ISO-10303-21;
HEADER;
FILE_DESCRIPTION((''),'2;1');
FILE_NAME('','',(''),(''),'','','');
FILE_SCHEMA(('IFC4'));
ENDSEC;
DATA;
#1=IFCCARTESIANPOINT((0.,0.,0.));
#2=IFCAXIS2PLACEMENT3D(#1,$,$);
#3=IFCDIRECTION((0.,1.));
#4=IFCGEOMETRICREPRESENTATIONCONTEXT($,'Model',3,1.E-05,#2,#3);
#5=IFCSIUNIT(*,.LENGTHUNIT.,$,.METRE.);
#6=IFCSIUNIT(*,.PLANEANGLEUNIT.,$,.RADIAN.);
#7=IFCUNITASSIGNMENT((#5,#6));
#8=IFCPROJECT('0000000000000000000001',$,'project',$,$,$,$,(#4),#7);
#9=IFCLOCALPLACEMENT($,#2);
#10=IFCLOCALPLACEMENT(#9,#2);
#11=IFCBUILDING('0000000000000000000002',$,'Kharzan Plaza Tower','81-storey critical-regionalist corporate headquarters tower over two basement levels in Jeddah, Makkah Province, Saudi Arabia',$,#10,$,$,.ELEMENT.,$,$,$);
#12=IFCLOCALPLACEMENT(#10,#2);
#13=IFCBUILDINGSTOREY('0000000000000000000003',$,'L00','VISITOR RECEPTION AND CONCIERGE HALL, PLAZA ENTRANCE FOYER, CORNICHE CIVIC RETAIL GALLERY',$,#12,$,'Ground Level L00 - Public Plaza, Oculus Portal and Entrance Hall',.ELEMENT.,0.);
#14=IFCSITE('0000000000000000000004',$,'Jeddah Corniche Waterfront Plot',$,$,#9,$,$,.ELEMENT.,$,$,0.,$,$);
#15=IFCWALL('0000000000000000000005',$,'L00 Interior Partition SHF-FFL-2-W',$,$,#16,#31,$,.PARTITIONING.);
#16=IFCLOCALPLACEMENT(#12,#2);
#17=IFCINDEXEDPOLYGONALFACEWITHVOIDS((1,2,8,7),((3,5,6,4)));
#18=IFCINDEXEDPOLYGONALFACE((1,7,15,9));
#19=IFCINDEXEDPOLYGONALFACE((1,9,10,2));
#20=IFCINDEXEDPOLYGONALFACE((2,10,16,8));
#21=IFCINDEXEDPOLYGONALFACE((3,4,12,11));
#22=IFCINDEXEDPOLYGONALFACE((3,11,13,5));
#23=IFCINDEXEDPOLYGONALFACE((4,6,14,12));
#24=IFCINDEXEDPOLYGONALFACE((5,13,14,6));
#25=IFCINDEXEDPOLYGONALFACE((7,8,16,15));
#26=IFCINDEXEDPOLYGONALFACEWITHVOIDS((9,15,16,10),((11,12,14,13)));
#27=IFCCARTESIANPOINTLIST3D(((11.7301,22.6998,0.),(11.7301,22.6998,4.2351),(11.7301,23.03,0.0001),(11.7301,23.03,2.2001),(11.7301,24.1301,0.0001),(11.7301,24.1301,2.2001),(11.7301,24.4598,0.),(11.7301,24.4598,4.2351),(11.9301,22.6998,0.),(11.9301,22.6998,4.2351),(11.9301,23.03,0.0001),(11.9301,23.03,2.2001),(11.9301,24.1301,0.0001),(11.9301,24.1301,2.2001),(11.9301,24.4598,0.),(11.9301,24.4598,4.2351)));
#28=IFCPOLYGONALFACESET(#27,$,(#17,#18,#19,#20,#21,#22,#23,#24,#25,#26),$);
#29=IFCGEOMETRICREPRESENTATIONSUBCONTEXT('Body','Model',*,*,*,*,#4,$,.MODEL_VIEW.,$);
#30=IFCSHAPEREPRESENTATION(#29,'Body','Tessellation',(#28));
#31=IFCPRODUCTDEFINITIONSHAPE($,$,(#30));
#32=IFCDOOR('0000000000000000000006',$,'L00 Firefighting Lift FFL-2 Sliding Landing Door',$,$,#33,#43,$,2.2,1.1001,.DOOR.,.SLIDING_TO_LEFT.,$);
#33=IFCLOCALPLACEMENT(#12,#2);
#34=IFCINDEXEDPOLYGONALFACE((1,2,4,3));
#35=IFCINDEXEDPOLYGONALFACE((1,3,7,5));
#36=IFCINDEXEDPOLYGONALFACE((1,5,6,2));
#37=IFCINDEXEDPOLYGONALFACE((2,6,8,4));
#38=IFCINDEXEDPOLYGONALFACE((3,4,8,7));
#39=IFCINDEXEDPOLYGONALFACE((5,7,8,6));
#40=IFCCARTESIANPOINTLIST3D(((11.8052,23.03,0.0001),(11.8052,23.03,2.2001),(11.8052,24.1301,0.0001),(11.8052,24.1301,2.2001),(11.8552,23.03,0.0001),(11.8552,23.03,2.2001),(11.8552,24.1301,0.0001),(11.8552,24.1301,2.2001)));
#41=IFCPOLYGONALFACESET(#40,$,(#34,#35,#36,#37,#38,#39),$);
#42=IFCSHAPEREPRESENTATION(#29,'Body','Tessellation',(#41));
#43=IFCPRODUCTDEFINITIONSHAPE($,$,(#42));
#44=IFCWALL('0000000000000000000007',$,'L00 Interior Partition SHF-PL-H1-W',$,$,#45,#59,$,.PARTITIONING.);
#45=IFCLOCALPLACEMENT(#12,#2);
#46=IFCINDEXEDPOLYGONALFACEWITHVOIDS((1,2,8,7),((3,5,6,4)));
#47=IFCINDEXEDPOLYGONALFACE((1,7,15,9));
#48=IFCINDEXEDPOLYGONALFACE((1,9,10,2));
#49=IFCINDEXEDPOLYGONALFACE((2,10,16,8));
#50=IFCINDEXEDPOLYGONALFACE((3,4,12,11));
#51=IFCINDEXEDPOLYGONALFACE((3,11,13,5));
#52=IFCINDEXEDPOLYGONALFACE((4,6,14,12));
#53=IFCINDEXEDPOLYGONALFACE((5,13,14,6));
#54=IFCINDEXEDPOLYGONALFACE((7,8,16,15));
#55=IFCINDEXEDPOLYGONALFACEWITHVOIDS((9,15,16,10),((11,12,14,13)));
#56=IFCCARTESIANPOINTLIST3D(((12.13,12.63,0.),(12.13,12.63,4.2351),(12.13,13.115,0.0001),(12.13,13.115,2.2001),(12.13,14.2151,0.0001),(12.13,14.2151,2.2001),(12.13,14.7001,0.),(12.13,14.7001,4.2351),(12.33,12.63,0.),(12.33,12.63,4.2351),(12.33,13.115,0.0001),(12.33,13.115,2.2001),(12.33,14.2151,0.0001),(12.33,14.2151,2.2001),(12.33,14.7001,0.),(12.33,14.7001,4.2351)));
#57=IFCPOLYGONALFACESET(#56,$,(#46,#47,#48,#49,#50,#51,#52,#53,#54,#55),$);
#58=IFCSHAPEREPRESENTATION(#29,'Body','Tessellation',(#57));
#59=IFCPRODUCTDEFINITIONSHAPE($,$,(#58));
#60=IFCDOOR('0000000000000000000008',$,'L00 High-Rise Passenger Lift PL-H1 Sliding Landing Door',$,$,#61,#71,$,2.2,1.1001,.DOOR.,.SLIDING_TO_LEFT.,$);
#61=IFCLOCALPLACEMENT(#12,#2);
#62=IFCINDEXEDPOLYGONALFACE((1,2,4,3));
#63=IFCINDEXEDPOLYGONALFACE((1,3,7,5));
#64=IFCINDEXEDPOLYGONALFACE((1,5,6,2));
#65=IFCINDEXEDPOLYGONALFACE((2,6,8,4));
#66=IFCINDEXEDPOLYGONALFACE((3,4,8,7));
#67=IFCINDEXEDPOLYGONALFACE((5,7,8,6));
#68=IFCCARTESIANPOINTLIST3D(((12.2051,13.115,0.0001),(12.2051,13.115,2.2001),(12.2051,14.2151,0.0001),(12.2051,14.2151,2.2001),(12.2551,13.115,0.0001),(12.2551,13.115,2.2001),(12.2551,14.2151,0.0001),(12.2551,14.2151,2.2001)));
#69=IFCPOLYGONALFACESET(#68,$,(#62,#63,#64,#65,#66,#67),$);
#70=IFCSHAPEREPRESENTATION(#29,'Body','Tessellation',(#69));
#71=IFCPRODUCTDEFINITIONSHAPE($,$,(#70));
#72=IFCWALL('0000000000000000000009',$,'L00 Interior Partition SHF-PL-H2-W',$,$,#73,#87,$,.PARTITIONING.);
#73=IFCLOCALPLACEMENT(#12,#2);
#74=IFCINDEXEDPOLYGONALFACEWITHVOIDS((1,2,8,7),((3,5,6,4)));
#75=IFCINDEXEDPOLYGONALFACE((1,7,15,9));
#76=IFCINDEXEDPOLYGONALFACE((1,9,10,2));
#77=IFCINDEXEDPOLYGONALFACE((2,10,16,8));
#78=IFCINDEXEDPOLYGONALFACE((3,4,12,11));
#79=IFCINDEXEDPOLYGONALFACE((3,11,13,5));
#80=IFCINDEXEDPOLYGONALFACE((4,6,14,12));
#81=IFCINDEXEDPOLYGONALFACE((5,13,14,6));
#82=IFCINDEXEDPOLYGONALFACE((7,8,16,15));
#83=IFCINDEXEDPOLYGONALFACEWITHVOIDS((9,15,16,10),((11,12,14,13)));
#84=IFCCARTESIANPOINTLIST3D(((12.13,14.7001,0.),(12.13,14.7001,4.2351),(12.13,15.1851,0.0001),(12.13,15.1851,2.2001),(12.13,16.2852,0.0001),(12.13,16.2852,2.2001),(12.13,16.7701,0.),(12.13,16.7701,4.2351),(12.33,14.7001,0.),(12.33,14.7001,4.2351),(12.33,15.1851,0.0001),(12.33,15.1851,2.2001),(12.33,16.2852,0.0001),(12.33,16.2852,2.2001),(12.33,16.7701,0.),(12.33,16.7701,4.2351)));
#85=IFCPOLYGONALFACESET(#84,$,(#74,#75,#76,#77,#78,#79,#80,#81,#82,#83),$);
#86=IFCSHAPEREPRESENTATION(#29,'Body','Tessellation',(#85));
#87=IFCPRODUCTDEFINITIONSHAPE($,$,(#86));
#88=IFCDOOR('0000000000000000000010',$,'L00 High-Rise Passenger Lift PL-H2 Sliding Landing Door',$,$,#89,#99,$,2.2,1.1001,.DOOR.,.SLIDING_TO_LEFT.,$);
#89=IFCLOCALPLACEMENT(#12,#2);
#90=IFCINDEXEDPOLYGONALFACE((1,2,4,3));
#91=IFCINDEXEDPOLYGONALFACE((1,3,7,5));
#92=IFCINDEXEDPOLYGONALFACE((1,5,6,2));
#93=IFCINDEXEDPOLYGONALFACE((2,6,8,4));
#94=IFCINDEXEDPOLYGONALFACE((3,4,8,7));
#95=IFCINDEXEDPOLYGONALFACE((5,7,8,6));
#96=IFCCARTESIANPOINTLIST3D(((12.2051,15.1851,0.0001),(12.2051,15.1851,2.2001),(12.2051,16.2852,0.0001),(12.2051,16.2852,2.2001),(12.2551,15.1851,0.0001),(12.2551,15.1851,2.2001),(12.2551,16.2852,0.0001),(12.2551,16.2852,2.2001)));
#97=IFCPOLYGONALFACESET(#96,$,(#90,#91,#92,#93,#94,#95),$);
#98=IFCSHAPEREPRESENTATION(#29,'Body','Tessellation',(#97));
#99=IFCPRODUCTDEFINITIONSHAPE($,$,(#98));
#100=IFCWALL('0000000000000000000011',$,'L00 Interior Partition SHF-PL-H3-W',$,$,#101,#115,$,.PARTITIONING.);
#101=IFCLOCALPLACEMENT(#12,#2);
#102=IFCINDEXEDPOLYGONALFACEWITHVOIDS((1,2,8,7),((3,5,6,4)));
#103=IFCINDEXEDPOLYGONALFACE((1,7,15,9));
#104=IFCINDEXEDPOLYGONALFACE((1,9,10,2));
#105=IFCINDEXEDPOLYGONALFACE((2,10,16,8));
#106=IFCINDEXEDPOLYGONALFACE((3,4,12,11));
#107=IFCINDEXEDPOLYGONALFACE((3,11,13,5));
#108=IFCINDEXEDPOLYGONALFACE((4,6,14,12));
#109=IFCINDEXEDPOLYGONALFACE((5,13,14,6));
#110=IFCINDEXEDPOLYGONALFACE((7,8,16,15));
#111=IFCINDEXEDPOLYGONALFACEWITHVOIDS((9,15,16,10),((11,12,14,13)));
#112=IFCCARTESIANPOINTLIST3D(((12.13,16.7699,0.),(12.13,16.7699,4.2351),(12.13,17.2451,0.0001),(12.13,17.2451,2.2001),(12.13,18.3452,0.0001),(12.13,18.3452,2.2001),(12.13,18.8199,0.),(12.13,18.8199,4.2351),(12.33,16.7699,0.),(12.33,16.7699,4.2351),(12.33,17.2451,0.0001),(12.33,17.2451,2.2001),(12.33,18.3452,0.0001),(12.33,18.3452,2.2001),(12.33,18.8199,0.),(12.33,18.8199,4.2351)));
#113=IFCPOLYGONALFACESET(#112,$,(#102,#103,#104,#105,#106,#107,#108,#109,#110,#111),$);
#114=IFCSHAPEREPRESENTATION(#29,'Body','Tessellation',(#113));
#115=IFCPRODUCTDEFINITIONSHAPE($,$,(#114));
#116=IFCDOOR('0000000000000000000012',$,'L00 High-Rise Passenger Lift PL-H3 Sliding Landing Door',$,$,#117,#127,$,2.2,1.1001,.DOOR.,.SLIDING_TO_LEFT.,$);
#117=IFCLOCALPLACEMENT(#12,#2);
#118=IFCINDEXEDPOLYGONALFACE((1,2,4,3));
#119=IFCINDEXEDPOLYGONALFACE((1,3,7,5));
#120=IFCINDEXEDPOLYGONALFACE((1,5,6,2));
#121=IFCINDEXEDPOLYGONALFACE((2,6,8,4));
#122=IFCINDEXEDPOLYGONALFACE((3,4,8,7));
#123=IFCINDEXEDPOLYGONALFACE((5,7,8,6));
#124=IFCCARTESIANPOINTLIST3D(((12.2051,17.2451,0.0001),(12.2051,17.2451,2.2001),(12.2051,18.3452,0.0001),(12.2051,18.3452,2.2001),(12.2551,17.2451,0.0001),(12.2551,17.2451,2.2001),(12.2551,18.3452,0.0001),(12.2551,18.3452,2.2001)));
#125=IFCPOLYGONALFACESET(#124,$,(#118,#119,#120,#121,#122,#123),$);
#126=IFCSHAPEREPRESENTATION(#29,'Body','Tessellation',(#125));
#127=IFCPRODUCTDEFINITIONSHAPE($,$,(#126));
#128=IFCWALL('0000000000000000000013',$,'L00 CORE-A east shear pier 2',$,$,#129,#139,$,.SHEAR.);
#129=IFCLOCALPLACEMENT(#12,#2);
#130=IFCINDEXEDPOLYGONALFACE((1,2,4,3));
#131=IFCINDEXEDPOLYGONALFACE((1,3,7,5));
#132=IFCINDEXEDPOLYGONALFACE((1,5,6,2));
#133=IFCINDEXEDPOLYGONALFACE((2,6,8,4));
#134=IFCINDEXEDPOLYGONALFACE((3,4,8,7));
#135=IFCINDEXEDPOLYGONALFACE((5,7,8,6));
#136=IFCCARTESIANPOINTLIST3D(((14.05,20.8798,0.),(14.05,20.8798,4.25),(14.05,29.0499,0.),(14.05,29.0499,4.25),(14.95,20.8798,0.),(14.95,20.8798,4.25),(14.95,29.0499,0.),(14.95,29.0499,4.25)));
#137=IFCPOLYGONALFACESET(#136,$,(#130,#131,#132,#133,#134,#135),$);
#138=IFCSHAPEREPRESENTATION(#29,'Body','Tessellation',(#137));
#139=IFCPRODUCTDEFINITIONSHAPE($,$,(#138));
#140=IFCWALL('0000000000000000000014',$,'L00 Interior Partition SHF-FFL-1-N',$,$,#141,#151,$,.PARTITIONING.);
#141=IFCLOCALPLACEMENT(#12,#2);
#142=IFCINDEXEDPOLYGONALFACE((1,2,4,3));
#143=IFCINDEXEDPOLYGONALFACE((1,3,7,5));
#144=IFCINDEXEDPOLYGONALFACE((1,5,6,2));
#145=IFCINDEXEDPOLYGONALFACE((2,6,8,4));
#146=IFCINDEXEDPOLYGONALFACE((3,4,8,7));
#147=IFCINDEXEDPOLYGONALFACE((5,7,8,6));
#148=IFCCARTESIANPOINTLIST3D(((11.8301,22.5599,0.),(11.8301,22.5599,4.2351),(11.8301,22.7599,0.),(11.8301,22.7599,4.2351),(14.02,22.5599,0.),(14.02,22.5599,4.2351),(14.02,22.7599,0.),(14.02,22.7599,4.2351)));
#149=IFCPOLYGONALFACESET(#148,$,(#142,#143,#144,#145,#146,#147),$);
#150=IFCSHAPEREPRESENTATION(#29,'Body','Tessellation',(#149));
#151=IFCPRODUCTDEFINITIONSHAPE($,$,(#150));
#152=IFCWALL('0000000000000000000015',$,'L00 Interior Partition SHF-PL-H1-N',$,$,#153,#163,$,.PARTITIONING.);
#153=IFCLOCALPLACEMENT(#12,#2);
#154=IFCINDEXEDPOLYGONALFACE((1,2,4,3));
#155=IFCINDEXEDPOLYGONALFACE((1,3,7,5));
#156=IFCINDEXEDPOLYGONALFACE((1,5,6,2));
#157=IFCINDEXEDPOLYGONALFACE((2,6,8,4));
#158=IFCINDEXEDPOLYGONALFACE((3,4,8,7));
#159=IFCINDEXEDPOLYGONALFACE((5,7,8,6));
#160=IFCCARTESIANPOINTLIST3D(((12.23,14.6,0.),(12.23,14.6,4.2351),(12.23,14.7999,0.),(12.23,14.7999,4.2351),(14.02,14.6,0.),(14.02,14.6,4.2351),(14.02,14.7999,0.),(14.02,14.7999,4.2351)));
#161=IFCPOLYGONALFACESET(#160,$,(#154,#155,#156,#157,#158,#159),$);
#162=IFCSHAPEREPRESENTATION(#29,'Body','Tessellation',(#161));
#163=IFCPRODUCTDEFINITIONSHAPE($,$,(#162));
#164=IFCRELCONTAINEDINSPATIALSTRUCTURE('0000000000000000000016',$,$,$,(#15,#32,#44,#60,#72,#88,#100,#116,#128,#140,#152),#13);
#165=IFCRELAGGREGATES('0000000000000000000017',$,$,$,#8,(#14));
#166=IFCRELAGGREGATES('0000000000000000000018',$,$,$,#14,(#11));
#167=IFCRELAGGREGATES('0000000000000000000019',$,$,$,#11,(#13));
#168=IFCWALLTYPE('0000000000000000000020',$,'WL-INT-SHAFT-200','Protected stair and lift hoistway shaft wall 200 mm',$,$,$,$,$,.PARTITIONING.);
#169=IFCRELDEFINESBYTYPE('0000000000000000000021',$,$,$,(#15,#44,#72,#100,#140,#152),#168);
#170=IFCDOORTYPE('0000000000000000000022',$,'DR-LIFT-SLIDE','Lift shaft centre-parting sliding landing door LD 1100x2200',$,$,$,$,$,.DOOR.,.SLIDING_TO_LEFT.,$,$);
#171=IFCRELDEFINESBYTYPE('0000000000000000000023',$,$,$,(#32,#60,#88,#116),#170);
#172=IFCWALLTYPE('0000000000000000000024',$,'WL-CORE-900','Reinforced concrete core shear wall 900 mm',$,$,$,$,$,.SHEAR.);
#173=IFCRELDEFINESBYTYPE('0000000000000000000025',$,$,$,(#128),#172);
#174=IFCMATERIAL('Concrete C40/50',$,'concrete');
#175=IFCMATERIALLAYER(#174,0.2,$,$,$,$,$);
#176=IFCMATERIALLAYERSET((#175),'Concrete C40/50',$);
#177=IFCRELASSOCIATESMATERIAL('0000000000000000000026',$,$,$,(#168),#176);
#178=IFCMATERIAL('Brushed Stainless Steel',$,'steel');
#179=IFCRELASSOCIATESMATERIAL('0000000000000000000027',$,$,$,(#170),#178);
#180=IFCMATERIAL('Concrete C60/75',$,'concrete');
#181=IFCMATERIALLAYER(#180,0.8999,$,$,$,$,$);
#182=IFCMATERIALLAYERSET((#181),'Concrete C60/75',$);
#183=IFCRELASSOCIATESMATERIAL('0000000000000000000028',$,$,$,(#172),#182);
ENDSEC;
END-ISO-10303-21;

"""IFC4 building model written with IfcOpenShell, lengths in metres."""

from ifc_helpers import new_model, si_unit, direction, frame, frame_2d, origin, place, context, subcontext, project, spatial, rectangle, extrude, source, transform, mapped, material, layer, layer_set, type_object, element, fill, save


model = new_model("IFC4")

# Units and contexts
model_context = context("Model", 3, precision=1e-05, world=origin(), true_north=direction((0.0, 1.0)))
body_context = subcontext(model_context, "Body", "Model", "MODEL_VIEW")
ifc_project = project(units=[si_unit("LENGTHUNIT", "METRE"), si_unit("PLANEANGLEUNIT", "RADIAN")], contexts=[model_context])

# Site, building, storey
site_placement = place(None, origin())
site = spatial("IfcSite", under=ifc_project, at=site_placement, Name="Jeddah Corniche Waterfront Plot", CompositionType="ELEMENT", RefElevation=0.0)
building_placement = place(site_placement, origin())
building = spatial("IfcBuilding", under=site, at=building_placement, Name="Kharzan Plaza Tower", Description="81-storey critical-regionalist corporate headquarters tower over two basement levels in Jeddah, Makkah Province, Saudi Arabia", CompositionType="ELEMENT")
storey_placement = place(building_placement, origin())
storey = spatial("IfcBuildingStorey", under=building, at=storey_placement, Name="L00", Description="VISITOR RECEPTION AND CONCIERGE HALL, PLAZA ENTRANCE FOYER, CORNICHE CIVIC RETAIL GALLERY", LongName="Ground Level L00 - Public Plaza, Oculus Portal and Entrance Hall", CompositionType="ELEMENT", Elevation=0.0)

# Shared definitions
ifc_material_1 = material(Name="Concrete C60/75", Category="concrete")

# Walls, openings, doors
ifc_material_2 = material(Name="Concrete C40/50", Category="concrete")
ifc_layer_1 = layer(ifc_material_2, 0.2)
ifc_layer_set_1 = layer_set([ifc_layer_1], Name="Concrete C40/50")
wall_type_1 = type_object("IfcWallType", Name="WL-INT-SHAFT-200", Description="Protected stair and lift hoistway shaft wall 200 mm", PredefinedType="PARTITIONING", material=ifc_layer_set_1)
ifc_material_3 = material(Name="Brushed Stainless Steel", Category="steel")
door_type_1 = type_object("IfcDoorType", Name="DR-LIFT-SLIDE", Description="Lift shaft centre-parting sliding landing door LD 1100x2200", OperationType="SLIDING_TO_LEFT", PredefinedType="DOOR", material=ifc_material_3)
shared_shape_1 = source(origin(), body_context, "Body", "SweptSolid", [
    extrude(rectangle(XDim=1.1001, YDim=2.2, at=frame_2d((0.55, 1.1001))), frame((0.0, 0.0249, 0.0), z_axis=(0.0, -1.0, 0.0), x_axis=(1.0, 0.0, 0.0)), (0.0, 0.0, 1.0), 0.05),
])
wall_1_placement = place(storey_placement, frame((11.8301, 22.7, 0.0), z_axis=(0.0, 0.0, 1.0), x_axis=(0.0, 1.0, 0.0)))
wall_1 = element("IfcWall", 1, at=wall_1_placement, inside=storey, type_object=wall_type_1, Name="L00 Interior Partition SHF-FFL-2-W", PredefinedType="PARTITIONING", context=body_context, shape_type="SweptSolid", body=[
    extrude(rectangle(XDim=1.76, YDim=0.2, at=frame_2d((0.8799, 0.0))), origin(), (0.0, 0.0, 1.0), 4.2351),
])
opening_1_placement = place(wall_1_placement, frame((0.3301, 0.0, 0.0)))
opening_1 = element("IfcOpeningElement", 2, at=opening_1_placement, cuts=wall_1, PredefinedType="OPENING", context=body_context, shape_type="SweptSolid", body=[
    extrude(rectangle(XDim=1.1001, YDim=2.2, at=frame_2d((0.55, 1.1001))), frame((0.0, 0.1099, 0.0), z_axis=(0.0, -1.0, 0.0), x_axis=(1.0, 0.0, 0.0)), (0.0, 0.0, 1.0), 0.22),
])
door_1_placement = place(opening_1_placement, origin())
door_1 = element("IfcDoor", 3, at=door_1_placement, inside=storey, type_object=door_type_1, Name="L00 Firefighting Lift FFL-2 Sliding Landing Door", OperationType="SLIDING_TO_LEFT", OverallHeight=2.2, OverallWidth=1.1001, PredefinedType="DOOR", context=body_context, shape_type="MappedRepresentation", body=[
    mapped(shared_shape_1, transform((0.0, 0.0, 0.0), x_axis=(1.0, 0.0, 0.0), y_axis=(0.0, 1.0, 0.0), z_axis=(0.0, 0.0, 1.0))),
])
fill(opening_1, door_1)
wall_2_placement = place(storey_placement, frame((12.23, 12.6299, 0.0), z_axis=(0.0, 0.0, 1.0), x_axis=(0.0, 1.0, 0.0)))
wall_2 = element("IfcWall", 4, at=wall_2_placement, inside=storey, type_object=wall_type_1, Name="L00 Interior Partition SHF-PL-H1-W", PredefinedType="PARTITIONING", context=body_context, shape_type="SweptSolid", body=[
    extrude(rectangle(XDim=2.0701, YDim=0.2, at=frame_2d((1.0352, 0.0))), origin(), (0.0, 0.0, 1.0), 4.2351),
])
opening_2_placement = place(wall_2_placement, frame((0.4851, 0.0, 0.0)))
opening_2 = element("IfcOpeningElement", 5, at=opening_2_placement, cuts=wall_2, PredefinedType="OPENING", context=body_context, shape_type="SweptSolid", body=[
    extrude(rectangle(XDim=1.1001, YDim=2.2, at=frame_2d((0.55, 1.1001))), frame((0.0, 0.1099, 0.0), z_axis=(0.0, -1.0, 0.0), x_axis=(1.0, 0.0, 0.0)), (0.0, 0.0, 1.0), 0.22),
])
door_2_placement = place(opening_2_placement, origin())
door_2 = element("IfcDoor", 6, at=door_2_placement, inside=storey, type_object=door_type_1, Name="L00 High-Rise Passenger Lift PL-H1 Sliding Landing Door", OperationType="SLIDING_TO_LEFT", OverallHeight=2.2, OverallWidth=1.1001, PredefinedType="DOOR", context=body_context, shape_type="MappedRepresentation", body=[
    mapped(shared_shape_1, transform((0.0, 0.0, 0.0), x_axis=(1.0, 0.0, 0.0), y_axis=(0.0, 1.0, 0.0), z_axis=(0.0, 0.0, 1.0))),
])
fill(opening_2, door_2)
wall_3_placement = place(storey_placement, frame((12.23, 14.7, 0.0), z_axis=(0.0, 0.0, 1.0), x_axis=(0.0, 1.0, 0.0)))
wall_3 = element("IfcWall", 7, at=wall_3_placement, inside=storey, type_object=wall_type_1, Name="L00 Interior Partition SHF-PL-H2-W", PredefinedType="PARTITIONING", context=body_context, shape_type="SweptSolid", body=[
    extrude(rectangle(XDim=2.0701, YDim=0.2, at=frame_2d((1.0352, 0.0))), origin(), (0.0, 0.0, 1.0), 4.2351),
])
opening_3_placement = place(wall_3_placement, frame((0.4851, 0.0, 0.0)))
opening_3 = element("IfcOpeningElement", 8, at=opening_3_placement, cuts=wall_3, PredefinedType="OPENING", context=body_context, shape_type="SweptSolid", body=[
    extrude(rectangle(XDim=1.1001, YDim=2.2, at=frame_2d((0.55, 1.1001))), frame((0.0, 0.1099, 0.0), z_axis=(0.0, -1.0, 0.0), x_axis=(1.0, 0.0, 0.0)), (0.0, 0.0, 1.0), 0.22),
])
door_3_placement = place(opening_3_placement, origin())
door_3 = element("IfcDoor", 9, at=door_3_placement, inside=storey, type_object=door_type_1, Name="L00 High-Rise Passenger Lift PL-H2 Sliding Landing Door", OperationType="SLIDING_TO_LEFT", OverallHeight=2.2, OverallWidth=1.1001, PredefinedType="DOOR", context=body_context, shape_type="MappedRepresentation", body=[
    mapped(shared_shape_1, transform((0.0, 0.0, 0.0), x_axis=(1.0, 0.0, 0.0), y_axis=(0.0, 1.0, 0.0), z_axis=(0.0, 0.0, 1.0))),
])
fill(opening_3, door_3)
wall_4_placement = place(storey_placement, frame((12.23, 16.77, 0.0), z_axis=(0.0, 0.0, 1.0), x_axis=(0.0, 1.0, 0.0)))
wall_4 = element("IfcWall", 10, at=wall_4_placement, inside=storey, type_object=wall_type_1, Name="L00 Interior Partition SHF-PL-H3-W", PredefinedType="PARTITIONING", context=body_context, shape_type="SweptSolid", body=[
    extrude(rectangle(XDim=2.05, YDim=0.2, at=frame_2d((1.0249, 0.0))), origin(), (0.0, 0.0, 1.0), 4.2351),
])
opening_4_placement = place(wall_4_placement, frame((0.4751, 0.0, 0.0)))
opening_4 = element("IfcOpeningElement", 11, at=opening_4_placement, cuts=wall_4, PredefinedType="OPENING", context=body_context, shape_type="SweptSolid", body=[
    extrude(rectangle(XDim=1.1001, YDim=2.2, at=frame_2d((0.55, 1.1001))), frame((0.0, 0.1099, 0.0), z_axis=(0.0, -1.0, 0.0), x_axis=(1.0, 0.0, 0.0)), (0.0, 0.0, 1.0), 0.22),
])
door_4_placement = place(opening_4_placement, origin())
door_4 = element("IfcDoor", 12, at=door_4_placement, inside=storey, type_object=door_type_1, Name="L00 High-Rise Passenger Lift PL-H3 Sliding Landing Door", OperationType="SLIDING_TO_LEFT", OverallHeight=2.2, OverallWidth=1.1001, PredefinedType="DOOR", context=body_context, shape_type="MappedRepresentation", body=[
    mapped(shared_shape_1, transform((0.0, 0.0, 0.0), x_axis=(1.0, 0.0, 0.0), y_axis=(0.0, 1.0, 0.0), z_axis=(0.0, 0.0, 1.0))),
])
fill(opening_4, door_4)

# Walls
ifc_layer_2 = layer(ifc_material_1, 0.8999)
ifc_layer_set_2 = layer_set([ifc_layer_2], Name="Concrete C60/75")
wall_type_2 = type_object("IfcWallType", Name="WL-CORE-900", Description="Reinforced concrete core shear wall 900 mm", PredefinedType="SHEAR", material=ifc_layer_set_2)
shared_shape_2 = source(origin(), body_context, "Body", "SweptSolid", [
    extrude(rectangle(XDim=8.1702, YDim=0.8999, at=frame_2d((4.085, 0.0))), origin(), (0.0, 0.0, 1.0), 4.25),
])
wall_5_placement = place(storey_placement, frame((14.5, 20.8799, 0.0), z_axis=(0.0, 0.0, 1.0), x_axis=(0.0, 1.0, 0.0)))
element("IfcWall", 13, at=wall_5_placement, inside=storey, type_object=wall_type_2, Name="L00 CORE-A east shear pier 2", PredefinedType="SHEAR", context=body_context, shape_type="MappedRepresentation", body=[
    mapped(shared_shape_2, transform((0.0, 0.0, 0.0), x_axis=(1.0, 0.0, 0.0), y_axis=(0.0, 1.0, 0.0), z_axis=(0.0, 0.0, 1.0))),
])
shared_shape_3 = source(origin(), body_context, "Body", "SweptSolid", [
    extrude(rectangle(XDim=2.1899, YDim=0.2, at=frame_2d((1.095, 0.0))), origin(), (0.0, 0.0, 1.0), 4.2351),
])
wall_6_placement = place(storey_placement, frame((11.8301, 22.6599, 0.0), z_axis=(0.0, 0.0, 1.0), x_axis=(1.0, 0.0, 0.0)))
element("IfcWall", 14, at=wall_6_placement, inside=storey, type_object=wall_type_1, Name="L00 Interior Partition SHF-FFL-1-N", PredefinedType="PARTITIONING", context=body_context, shape_type="MappedRepresentation", body=[
    mapped(shared_shape_3, transform((0.0, 0.0, 0.0), x_axis=(1.0, 0.0, 0.0), y_axis=(0.0, 1.0, 0.0), z_axis=(0.0, 0.0, 1.0))),
])
shared_shape_4 = source(origin(), body_context, "Body", "SweptSolid", [
    extrude(rectangle(XDim=1.79, YDim=0.2, at=frame_2d((0.895, 0.0))), origin(), (0.0, 0.0, 1.0), 4.2351),
])
for number, where, z_axis, x_axis, name in (
    (15, (12.23, 14.7, 0.0), (0.0, 0.0, 1.0), (1.0, 0.0, 0.0), "L00 Interior Partition SHF-PL-H1-N"),
):
    element("IfcWall", number, at=place(storey_placement, frame(where, z_axis=z_axis, x_axis=x_axis)), inside=storey, type_object=wall_type_1, Name=name, PredefinedType="PARTITIONING", context=body_context, shape_type="MappedRepresentation", body=[
        mapped(shared_shape_4, transform((0.0, 0.0, 0.0), x_axis=(1.0, 0.0, 0.0), y_axis=(0.0, 1.0, 0.0), z_axis=(0.0, 0.0, 1.0))),
    ])

save(model, "model.ifc")
